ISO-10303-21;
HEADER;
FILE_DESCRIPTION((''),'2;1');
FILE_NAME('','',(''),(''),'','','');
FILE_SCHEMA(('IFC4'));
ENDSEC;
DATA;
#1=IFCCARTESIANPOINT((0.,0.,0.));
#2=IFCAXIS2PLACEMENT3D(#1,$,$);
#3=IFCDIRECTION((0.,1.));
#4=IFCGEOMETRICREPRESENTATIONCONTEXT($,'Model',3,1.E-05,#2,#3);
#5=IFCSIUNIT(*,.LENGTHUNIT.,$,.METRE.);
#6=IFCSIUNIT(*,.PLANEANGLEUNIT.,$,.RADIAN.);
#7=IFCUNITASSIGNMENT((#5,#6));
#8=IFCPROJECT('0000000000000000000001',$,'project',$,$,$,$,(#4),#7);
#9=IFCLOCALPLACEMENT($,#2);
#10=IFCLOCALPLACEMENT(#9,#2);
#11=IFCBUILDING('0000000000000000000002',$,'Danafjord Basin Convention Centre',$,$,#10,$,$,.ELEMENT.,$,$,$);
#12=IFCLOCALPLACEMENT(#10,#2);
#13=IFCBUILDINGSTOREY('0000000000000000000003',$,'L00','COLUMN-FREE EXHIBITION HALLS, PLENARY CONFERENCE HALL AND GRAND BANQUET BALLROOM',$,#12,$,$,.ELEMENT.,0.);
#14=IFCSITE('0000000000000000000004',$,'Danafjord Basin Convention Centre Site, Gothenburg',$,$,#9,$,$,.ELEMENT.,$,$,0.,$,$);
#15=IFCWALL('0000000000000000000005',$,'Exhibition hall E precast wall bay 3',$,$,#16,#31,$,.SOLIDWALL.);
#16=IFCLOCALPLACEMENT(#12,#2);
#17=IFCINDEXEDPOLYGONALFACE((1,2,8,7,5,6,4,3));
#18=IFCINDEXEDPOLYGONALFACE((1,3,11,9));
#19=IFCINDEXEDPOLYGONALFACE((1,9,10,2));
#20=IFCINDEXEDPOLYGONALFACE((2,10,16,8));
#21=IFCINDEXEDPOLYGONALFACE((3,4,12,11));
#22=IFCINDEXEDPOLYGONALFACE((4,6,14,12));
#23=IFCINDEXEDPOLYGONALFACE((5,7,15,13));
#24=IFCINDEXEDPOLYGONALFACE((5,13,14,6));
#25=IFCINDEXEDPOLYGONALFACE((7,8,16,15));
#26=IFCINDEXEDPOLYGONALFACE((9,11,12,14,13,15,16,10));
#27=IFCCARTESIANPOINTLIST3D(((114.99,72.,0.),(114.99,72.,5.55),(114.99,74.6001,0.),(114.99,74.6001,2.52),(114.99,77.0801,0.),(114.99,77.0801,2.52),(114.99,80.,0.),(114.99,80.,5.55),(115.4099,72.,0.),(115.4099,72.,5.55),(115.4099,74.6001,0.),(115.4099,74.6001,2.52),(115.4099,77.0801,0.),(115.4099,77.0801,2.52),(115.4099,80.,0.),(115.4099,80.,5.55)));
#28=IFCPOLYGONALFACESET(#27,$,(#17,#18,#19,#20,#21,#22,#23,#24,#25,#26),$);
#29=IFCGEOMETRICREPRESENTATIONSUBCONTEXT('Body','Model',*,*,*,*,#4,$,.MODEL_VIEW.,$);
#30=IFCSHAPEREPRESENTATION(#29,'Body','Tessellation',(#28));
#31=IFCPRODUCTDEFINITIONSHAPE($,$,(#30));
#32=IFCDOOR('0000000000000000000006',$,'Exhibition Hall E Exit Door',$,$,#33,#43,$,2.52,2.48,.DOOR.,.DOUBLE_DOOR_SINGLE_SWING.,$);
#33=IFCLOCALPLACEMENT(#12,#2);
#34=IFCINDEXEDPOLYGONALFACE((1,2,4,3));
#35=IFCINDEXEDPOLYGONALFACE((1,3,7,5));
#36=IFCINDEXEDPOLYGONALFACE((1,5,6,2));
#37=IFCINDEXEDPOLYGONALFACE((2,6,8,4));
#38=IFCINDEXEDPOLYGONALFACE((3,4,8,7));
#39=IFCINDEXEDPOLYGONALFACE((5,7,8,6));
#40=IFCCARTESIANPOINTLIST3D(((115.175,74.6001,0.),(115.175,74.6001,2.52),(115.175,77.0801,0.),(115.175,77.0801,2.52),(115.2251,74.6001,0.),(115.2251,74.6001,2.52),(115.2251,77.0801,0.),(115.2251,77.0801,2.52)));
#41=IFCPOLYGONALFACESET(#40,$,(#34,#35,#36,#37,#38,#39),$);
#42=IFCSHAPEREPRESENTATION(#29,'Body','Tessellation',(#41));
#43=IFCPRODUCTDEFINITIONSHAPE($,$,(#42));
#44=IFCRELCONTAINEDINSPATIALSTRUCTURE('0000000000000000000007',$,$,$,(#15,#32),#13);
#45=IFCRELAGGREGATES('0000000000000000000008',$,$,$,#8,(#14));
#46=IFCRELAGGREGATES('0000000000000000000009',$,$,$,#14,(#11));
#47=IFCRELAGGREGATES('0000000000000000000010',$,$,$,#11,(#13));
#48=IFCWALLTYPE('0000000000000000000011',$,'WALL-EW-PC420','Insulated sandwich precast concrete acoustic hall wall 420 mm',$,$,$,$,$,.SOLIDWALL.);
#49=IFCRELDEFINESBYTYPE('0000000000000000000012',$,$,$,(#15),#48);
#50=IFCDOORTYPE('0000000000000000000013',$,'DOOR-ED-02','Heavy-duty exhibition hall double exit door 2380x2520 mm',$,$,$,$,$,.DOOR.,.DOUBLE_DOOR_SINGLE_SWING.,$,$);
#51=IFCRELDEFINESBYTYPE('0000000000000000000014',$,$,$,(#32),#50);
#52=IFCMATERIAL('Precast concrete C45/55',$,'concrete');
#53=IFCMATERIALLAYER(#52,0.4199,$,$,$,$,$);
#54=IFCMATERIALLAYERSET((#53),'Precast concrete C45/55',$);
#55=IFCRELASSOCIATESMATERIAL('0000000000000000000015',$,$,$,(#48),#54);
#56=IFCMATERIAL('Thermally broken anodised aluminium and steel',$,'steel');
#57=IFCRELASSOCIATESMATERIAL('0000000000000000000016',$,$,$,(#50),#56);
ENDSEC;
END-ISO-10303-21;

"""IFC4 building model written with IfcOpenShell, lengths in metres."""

from ifc_helpers import new_model, si_unit, direction, frame, frame_2d, origin, place, context, subcontext, project, spatial, rectangle, extrude, material, layer, layer_set, type_object, element, fill, save


model = new_model("IFC4")

# Units and contexts
model_context = context("Model", 3, precision=1e-05, world=origin(), true_north=direction((0.0, 1.0)))
body_context = subcontext(model_context, "Body", "Model", "MODEL_VIEW")
ifc_project = project(units=[si_unit("LENGTHUNIT", "METRE"), si_unit("PLANEANGLEUNIT", "RADIAN")], contexts=[model_context])

# Site, building, storey
site_placement = place(None, origin())
site = spatial("IfcSite", under=ifc_project, at=site_placement, Name="Danafjord Basin Convention Centre Site, Gothenburg", CompositionType="ELEMENT", RefElevation=0.0)
building_placement = place(site_placement, origin())
building = spatial("IfcBuilding", under=site, at=building_placement, Name="Danafjord Basin Convention Centre", CompositionType="ELEMENT")
storey_placement = place(building_placement, origin())
storey = spatial("IfcBuildingStorey", under=building, at=storey_placement, Name="L00", Description="COLUMN-FREE EXHIBITION HALLS, PLENARY CONFERENCE HALL AND GRAND BANQUET BALLROOM", CompositionType="ELEMENT", Elevation=0.0)

# Wall, opening, door
ifc_material_1 = material(Name="Precast concrete C45/55", Category="concrete")
ifc_layer_1 = layer(ifc_material_1, 0.4199)
ifc_layer_set_1 = layer_set([ifc_layer_1], Name="Precast concrete C45/55")
wall_type = type_object("IfcWallType", Name="WALL-EW-PC420", Description="Insulated sandwich precast concrete acoustic hall wall 420 mm", PredefinedType="SOLIDWALL", material=ifc_layer_set_1)
ifc_material_2 = material(Name="Thermally broken anodised aluminium and steel", Category="steel")
door_type = type_object("IfcDoorType", Name="DOOR-ED-02", Description="Heavy-duty exhibition hall double exit door 2380x2520 mm", OperationType="DOUBLE_DOOR_SINGLE_SWING", PredefinedType="DOOR", material=ifc_material_2)
wall_1_placement = place(storey_placement, frame((115.2, 72.0, 0.0), z_axis=(0.0, 0.0, 1.0), x_axis=(0.0, 1.0, 0.0)))
wall_1 = element("IfcWall", 1, at=wall_1_placement, inside=storey, type_object=wall_type, Name="Exhibition hall E precast wall bay 3", PredefinedType="SOLIDWALL", context=body_context, shape_type="SweptSolid", body=[
    extrude(rectangle(XDim=8.0, YDim=0.4199, at=frame_2d((4.0, 0.0))), origin(), (0.0, 0.0, 1.0), 5.55),
])
opening_1_placement = place(wall_1_placement, frame((2.6001, 0.0, 0.0)))
opening_1 = element("IfcOpeningElement", 2, at=opening_1_placement, cuts=wall_1, PredefinedType="OPENING", context=body_context, shape_type="SweptSolid", body=[
    extrude(rectangle(XDim=2.48, YDim=2.52, at=frame_2d((1.24, 1.26))), frame((0.0, 0.22, 0.0), z_axis=(0.0, -1.0, 0.0), x_axis=(1.0, 0.0, 0.0)), (0.0, 0.0, 1.0), 0.4399),
])
door_1_placement = place(opening_1_placement, origin())
door_1 = element("IfcDoor", 3, at=door_1_placement, inside=storey, type_object=door_type, Name="Exhibition Hall E Exit Door", OperationType="DOUBLE_DOOR_SINGLE_SWING", OverallHeight=2.52, OverallWidth=2.48, PredefinedType="DOOR", context=body_context, shape_type="SweptSolid", body=[
    extrude(rectangle(XDim=2.48, YDim=2.52, at=frame_2d((1.24, 1.26))), frame((0.0, 0.0249, 0.0), z_axis=(0.0, -1.0, 0.0), x_axis=(1.0, 0.0, 0.0)), (0.0, 0.0, 1.0), 0.05),
])
fill(opening_1, door_1)

save(model, "model.ifc")
